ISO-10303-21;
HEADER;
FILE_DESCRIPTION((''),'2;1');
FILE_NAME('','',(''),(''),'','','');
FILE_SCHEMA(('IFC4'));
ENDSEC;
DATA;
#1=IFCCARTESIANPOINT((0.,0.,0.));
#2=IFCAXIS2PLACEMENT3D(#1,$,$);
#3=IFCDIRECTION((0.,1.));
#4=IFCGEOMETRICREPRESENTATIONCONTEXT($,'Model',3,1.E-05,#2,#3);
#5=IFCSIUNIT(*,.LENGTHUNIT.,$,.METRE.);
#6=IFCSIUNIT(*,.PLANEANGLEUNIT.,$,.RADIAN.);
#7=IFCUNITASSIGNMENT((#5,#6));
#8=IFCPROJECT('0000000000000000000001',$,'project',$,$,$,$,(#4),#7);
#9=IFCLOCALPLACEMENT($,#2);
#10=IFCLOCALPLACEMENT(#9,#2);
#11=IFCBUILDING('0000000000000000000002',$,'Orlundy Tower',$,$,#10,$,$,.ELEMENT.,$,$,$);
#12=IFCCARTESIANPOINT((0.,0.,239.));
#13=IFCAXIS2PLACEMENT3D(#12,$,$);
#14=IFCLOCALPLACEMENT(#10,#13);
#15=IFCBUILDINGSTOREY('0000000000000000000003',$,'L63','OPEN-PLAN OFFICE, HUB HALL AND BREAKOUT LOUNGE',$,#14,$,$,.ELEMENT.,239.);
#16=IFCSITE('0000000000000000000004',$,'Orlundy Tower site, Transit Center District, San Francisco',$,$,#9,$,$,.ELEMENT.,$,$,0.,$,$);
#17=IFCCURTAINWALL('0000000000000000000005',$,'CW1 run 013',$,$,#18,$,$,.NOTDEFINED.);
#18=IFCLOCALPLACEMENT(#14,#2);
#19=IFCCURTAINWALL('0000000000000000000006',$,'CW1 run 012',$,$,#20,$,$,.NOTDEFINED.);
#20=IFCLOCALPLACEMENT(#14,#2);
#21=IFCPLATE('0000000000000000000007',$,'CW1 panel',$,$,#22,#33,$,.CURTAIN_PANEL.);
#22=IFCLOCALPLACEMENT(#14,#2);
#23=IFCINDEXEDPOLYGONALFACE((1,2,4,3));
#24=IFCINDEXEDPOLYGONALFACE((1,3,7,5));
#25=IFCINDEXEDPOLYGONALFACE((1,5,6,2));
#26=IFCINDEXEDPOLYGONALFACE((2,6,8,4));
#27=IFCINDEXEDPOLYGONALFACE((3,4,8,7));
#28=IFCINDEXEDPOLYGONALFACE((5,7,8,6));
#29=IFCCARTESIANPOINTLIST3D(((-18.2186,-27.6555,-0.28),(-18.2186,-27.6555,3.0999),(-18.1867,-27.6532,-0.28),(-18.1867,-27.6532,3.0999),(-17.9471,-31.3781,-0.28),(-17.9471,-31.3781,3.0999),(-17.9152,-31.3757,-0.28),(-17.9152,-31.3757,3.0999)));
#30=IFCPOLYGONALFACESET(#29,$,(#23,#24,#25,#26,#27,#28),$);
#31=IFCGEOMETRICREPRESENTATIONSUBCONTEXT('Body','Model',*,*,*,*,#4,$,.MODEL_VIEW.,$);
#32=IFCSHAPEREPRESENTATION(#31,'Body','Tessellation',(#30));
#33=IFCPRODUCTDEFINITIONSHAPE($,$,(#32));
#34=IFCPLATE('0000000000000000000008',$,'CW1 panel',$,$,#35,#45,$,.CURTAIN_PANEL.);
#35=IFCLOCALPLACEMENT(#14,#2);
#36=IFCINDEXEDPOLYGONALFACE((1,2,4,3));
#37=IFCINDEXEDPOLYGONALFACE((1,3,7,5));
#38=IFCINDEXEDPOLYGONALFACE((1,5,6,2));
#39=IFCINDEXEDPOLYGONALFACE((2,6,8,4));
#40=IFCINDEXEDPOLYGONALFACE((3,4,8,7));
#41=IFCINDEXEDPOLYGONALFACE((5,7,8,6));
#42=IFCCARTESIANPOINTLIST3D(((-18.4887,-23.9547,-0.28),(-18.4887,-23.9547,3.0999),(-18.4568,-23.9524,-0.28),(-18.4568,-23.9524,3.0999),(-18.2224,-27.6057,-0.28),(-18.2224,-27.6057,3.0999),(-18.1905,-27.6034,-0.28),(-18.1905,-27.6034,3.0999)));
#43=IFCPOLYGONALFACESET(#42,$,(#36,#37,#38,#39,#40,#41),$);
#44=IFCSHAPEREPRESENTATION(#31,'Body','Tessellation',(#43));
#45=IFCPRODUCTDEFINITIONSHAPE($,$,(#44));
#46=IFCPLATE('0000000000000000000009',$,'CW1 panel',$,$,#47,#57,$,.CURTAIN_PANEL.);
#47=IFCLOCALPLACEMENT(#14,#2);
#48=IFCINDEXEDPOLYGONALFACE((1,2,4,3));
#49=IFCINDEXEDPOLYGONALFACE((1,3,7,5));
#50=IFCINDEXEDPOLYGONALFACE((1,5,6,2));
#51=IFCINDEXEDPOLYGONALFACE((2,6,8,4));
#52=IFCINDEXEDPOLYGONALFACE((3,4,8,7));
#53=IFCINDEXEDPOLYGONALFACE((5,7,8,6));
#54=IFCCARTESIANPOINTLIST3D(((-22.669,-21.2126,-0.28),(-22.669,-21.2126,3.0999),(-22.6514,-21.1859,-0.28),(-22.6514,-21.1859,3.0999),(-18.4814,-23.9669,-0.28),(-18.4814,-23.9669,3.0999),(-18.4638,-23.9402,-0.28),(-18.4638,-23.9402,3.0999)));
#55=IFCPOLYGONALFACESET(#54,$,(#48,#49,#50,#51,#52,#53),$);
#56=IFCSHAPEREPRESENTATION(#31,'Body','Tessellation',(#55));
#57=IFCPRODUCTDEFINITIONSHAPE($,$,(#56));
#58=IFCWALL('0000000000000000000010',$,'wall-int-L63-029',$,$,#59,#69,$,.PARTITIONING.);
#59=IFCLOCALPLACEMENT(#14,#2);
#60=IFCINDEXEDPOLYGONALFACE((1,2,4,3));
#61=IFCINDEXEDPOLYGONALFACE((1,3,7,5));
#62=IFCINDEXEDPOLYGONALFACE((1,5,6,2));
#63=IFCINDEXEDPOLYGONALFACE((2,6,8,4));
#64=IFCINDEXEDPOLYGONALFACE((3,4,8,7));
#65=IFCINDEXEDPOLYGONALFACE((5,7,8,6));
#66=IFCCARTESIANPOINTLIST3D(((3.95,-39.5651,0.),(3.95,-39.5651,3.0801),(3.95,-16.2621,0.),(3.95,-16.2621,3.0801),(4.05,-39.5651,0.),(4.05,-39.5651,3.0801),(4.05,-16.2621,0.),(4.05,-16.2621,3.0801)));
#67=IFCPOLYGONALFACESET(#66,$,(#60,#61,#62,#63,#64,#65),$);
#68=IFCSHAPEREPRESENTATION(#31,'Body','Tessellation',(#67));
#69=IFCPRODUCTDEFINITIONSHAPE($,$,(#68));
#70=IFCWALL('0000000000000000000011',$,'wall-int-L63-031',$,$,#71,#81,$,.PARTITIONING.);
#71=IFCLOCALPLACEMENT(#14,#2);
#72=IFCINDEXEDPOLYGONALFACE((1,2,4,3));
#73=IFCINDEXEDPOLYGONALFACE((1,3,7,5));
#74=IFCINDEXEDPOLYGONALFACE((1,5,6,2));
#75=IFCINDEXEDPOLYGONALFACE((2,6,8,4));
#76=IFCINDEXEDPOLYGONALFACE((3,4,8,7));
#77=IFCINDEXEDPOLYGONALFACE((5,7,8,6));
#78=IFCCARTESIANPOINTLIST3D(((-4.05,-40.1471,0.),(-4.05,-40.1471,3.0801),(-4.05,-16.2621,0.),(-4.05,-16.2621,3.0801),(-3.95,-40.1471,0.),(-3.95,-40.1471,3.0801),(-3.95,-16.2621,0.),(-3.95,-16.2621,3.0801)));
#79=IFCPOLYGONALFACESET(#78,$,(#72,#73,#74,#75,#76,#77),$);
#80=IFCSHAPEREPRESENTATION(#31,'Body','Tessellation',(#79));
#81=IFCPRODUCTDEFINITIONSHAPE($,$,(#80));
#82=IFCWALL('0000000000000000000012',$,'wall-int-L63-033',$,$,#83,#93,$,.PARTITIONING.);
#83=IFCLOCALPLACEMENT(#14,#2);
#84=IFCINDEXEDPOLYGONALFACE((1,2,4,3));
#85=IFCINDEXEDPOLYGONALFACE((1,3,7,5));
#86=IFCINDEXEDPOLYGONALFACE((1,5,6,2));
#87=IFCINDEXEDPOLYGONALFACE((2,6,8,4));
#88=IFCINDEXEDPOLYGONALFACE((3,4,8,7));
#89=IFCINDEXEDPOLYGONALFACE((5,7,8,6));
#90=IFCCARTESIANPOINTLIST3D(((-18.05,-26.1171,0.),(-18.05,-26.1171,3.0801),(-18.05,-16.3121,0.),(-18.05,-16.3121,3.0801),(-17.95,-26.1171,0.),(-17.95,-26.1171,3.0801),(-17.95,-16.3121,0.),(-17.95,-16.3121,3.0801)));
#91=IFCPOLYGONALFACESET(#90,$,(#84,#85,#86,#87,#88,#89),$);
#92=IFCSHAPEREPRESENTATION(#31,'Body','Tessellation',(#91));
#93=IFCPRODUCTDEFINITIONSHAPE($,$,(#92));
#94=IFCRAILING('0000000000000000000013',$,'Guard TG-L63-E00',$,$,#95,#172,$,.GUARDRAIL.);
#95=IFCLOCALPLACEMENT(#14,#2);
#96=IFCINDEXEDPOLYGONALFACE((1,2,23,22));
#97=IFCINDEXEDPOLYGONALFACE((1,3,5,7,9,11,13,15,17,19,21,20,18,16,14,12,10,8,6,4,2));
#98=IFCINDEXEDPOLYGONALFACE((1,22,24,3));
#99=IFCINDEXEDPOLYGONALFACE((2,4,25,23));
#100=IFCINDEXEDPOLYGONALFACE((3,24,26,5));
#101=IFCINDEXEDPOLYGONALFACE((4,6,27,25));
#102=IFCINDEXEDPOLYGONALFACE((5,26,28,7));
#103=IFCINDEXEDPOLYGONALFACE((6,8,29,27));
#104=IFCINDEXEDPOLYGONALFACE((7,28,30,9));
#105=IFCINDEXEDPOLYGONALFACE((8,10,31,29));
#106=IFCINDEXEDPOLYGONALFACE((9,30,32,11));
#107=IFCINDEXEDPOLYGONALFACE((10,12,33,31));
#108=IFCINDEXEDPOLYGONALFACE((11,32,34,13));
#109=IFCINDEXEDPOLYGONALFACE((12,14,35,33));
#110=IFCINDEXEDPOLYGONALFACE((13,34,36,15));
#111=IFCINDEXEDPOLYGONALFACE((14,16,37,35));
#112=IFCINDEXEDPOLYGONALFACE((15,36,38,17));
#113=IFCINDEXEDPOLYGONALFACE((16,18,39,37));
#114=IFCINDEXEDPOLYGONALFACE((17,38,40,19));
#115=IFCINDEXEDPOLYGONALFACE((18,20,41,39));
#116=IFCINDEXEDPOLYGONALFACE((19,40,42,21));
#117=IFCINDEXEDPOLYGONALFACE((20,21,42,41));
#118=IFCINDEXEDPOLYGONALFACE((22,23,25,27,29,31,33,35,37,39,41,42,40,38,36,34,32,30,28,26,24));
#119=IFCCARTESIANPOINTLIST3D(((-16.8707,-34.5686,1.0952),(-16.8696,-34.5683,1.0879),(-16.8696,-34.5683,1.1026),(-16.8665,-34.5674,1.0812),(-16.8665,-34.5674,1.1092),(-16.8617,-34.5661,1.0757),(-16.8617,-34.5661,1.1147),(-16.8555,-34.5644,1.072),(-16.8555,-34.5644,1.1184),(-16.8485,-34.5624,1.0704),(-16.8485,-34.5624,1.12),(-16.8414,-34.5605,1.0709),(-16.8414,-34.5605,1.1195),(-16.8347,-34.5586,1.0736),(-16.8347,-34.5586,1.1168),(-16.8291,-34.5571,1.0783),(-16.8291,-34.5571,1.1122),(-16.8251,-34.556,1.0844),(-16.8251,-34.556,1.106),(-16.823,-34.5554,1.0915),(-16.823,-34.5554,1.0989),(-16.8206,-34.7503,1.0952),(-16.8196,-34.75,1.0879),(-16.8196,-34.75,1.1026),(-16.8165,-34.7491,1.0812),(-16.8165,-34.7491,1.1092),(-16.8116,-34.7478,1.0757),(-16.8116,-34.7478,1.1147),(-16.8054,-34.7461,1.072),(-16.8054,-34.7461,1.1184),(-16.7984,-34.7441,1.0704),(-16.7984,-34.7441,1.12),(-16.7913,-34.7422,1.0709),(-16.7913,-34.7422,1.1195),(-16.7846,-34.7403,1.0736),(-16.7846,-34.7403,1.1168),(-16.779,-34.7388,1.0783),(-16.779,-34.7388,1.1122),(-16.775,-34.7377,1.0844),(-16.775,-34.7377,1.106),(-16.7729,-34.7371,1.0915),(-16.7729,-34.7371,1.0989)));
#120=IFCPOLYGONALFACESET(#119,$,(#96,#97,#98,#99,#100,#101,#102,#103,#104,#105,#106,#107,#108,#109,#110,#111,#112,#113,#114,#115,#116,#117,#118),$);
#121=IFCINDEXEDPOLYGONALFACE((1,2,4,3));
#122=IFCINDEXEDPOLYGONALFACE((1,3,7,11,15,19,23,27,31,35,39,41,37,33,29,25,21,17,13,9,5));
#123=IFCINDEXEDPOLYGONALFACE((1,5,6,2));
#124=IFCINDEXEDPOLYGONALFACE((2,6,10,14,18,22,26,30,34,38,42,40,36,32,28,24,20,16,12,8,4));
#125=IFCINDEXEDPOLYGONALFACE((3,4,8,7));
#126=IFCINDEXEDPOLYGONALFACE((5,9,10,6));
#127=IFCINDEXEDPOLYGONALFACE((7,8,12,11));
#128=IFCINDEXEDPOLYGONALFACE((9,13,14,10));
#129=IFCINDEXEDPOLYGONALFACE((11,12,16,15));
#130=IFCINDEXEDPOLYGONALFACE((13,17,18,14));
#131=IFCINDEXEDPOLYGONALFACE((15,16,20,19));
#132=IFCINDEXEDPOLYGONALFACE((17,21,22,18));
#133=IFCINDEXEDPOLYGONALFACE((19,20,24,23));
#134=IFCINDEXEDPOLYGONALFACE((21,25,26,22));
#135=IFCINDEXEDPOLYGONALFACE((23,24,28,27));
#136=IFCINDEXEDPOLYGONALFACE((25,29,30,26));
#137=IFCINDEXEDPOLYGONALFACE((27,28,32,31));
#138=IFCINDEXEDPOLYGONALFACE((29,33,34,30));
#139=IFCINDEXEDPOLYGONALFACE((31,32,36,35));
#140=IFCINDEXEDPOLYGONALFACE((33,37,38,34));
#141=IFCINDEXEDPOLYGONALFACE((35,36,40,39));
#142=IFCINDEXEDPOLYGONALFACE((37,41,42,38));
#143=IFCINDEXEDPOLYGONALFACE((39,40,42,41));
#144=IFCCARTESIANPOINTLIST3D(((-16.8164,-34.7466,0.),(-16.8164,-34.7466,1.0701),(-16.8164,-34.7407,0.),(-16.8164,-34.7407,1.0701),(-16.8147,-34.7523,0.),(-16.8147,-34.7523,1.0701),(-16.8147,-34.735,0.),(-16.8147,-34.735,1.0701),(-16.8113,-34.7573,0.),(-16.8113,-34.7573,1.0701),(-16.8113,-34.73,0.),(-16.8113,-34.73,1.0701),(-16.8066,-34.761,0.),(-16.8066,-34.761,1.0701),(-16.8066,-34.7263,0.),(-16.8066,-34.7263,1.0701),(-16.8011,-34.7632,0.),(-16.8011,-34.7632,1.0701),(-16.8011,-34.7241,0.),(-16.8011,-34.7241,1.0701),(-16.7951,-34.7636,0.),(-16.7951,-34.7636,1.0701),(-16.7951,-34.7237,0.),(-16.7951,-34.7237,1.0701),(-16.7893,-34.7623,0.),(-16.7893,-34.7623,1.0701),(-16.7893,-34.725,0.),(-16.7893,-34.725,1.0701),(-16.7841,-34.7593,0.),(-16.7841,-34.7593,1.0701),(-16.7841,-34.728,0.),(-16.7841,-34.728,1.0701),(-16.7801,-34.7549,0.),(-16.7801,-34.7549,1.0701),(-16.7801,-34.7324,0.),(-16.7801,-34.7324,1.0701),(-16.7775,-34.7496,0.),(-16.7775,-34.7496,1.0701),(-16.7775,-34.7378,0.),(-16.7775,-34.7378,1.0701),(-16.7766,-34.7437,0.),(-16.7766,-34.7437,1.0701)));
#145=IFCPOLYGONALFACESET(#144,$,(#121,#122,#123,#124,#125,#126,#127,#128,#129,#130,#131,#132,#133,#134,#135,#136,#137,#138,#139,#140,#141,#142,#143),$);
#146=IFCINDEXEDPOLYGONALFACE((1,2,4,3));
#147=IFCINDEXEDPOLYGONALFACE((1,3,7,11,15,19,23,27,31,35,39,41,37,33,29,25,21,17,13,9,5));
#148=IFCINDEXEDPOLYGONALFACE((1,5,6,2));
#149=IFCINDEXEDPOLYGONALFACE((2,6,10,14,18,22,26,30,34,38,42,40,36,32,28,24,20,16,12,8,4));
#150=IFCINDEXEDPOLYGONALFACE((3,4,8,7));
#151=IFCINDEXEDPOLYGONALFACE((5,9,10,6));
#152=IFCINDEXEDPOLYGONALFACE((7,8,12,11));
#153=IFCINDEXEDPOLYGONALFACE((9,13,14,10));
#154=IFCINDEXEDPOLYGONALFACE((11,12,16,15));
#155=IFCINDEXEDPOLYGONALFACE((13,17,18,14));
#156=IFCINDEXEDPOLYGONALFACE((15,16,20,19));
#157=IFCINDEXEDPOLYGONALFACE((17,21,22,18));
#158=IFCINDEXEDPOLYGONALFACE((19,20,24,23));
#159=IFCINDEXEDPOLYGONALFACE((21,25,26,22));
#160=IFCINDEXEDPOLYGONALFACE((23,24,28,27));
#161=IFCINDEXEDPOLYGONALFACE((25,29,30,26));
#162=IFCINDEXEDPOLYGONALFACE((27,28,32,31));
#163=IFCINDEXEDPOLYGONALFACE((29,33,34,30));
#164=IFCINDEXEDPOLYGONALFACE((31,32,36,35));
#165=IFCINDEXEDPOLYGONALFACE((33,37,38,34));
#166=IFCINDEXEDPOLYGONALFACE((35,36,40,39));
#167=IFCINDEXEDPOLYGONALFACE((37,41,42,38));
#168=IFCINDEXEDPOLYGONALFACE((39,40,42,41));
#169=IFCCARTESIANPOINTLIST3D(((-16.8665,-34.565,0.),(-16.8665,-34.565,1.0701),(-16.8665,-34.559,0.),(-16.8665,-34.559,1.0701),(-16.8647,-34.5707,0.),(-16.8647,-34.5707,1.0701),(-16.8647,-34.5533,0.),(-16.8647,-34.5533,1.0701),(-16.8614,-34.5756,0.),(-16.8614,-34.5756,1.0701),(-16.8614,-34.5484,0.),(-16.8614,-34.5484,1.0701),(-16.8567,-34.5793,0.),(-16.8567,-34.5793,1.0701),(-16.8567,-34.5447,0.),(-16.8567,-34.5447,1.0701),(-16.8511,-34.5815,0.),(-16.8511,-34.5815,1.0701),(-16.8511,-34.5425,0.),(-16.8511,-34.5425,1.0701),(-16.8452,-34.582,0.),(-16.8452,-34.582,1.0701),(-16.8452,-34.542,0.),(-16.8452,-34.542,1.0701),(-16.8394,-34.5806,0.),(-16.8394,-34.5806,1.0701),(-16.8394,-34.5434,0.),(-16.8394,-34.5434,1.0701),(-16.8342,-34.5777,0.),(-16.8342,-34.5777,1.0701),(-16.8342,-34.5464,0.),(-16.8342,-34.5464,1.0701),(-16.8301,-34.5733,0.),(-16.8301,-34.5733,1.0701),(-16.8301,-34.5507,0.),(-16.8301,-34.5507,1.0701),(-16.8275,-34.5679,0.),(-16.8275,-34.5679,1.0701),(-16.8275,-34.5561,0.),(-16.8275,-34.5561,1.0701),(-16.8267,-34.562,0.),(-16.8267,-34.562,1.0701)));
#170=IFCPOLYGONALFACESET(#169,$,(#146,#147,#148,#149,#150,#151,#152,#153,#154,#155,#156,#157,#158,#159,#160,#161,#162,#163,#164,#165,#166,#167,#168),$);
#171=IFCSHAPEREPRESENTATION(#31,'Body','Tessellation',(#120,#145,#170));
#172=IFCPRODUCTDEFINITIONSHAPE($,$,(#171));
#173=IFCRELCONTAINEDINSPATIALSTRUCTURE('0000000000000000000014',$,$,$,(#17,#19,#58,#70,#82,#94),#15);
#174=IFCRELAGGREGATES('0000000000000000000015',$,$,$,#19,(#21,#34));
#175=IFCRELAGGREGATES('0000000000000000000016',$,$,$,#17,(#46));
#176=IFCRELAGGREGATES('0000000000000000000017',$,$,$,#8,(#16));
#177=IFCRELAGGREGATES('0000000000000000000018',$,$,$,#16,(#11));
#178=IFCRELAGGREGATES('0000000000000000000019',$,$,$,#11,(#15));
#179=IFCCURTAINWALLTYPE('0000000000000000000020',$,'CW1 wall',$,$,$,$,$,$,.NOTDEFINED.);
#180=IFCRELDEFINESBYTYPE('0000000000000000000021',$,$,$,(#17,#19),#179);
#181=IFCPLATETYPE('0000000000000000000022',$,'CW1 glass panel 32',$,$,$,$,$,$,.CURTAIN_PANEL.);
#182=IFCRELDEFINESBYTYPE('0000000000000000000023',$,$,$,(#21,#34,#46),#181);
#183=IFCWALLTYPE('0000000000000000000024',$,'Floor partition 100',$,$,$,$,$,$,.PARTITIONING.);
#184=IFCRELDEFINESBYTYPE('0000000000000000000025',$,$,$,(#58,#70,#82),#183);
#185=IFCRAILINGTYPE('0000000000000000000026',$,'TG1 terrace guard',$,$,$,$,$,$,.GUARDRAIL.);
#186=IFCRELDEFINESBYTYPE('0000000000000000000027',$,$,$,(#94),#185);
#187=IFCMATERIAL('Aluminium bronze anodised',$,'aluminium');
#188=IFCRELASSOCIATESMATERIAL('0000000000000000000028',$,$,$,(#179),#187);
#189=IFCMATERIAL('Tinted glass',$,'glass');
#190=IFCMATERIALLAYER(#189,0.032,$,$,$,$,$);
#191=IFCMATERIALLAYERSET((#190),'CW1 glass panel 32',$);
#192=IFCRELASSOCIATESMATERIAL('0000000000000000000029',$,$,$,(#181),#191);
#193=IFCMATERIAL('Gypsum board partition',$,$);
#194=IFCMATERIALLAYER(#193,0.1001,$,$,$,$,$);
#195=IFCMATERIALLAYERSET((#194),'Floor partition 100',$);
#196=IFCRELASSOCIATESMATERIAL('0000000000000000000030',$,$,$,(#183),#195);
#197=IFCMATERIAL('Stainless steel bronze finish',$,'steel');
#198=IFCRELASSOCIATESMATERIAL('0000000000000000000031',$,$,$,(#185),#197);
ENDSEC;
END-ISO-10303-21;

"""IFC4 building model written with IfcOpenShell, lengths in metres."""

from ifc_helpers import new_model, si_unit, direction, frame, frame_2d, origin, origin_2d, place, context, subcontext, project, spatial, rectangle, circle, extrude, material, layer, layer_set, type_object, element, aggregate, save


model = new_model("IFC4")

# Units and contexts
model_context = context("Model", 3, precision=1e-05, world=origin(), true_north=direction((0.0, 1.0)))
body_context = subcontext(model_context, "Body", "Model", "MODEL_VIEW")
ifc_project = project(units=[si_unit("LENGTHUNIT", "METRE"), si_unit("PLANEANGLEUNIT", "RADIAN")], contexts=[model_context])

# Site, building, storey
site_placement = place(None, origin())
site = spatial("IfcSite", under=ifc_project, at=site_placement, Name="Orlundy Tower site, Transit Center District, San Francisco", CompositionType="ELEMENT", RefElevation=0.0)
building_placement = place(site_placement, origin())
building = spatial("IfcBuilding", under=site, at=building_placement, Name="Orlundy Tower", CompositionType="ELEMENT")
storey_placement = place(building_placement, frame((0.0, 0.0, 239.0)))
storey = spatial("IfcBuildingStorey", under=building, at=storey_placement, Name="L63", Description="OPEN-PLAN OFFICE, HUB HALL AND BREAKOUT LOUNGE", CompositionType="ELEMENT", Elevation=239.0)

# Curtain wall
ifc_material_1 = material(Name="Aluminium bronze anodised", Category="aluminium")
curtain_wall_type = type_object("IfcCurtainWallType", Name="CW1 wall", PredefinedType="NOTDEFINED", material=ifc_material_1)
curtain_wall_1_placement = place(storey_placement, origin())
curtain_wall_1 = element("IfcCurtainWall", 1, at=curtain_wall_1_placement, inside=storey, type_object=curtain_wall_type, Name="CW1 run 013", PredefinedType="NOTDEFINED")

# Curtain wall
curtain_wall_2_placement = place(storey_placement, origin())
curtain_wall_2 = element("IfcCurtainWall", 2, at=curtain_wall_2_placement, inside=storey, type_object=curtain_wall_type, Name="CW1 run 012", PredefinedType="NOTDEFINED")

# Plates
ifc_material_2 = material(Name="Tinted glass", Category="glass")
ifc_layer_1 = layer(ifc_material_2, 0.032)
ifc_layer_set_1 = layer_set([ifc_layer_1], Name="CW1 glass panel 32")
plate_type = type_object("IfcPlateType", Name="CW1 glass panel 32", PredefinedType="CURTAIN_PANEL", material=ifc_layer_set_1)
plate_1_placement = place(storey_placement, frame((-18.0669, -29.5156, -0.28), z_axis=(0.0, 0.0, 1.0), x_axis=(-0.072747, 0.99735, 0.0)))
plate_1 = element("IfcPlate", 3, at=plate_1_placement, type_object=plate_type, Name="CW1 panel", PredefinedType="CURTAIN_PANEL", context=body_context, shape_type="SweptSolid", body=[
    extrude(rectangle(XDim=3.7324, YDim=0.032, at=origin_2d()), origin(), (0.0, 0.0, 1.0), 3.3799),
])
plate_2_placement = place(storey_placement, frame((-18.3396, -25.7791, -0.28), z_axis=(0.0, 0.0, 1.0), x_axis=(-0.072747, 0.99735, 0.0)))
plate_2 = element("IfcPlate", 4, at=plate_2_placement, type_object=plate_type, Name="CW1 panel", PredefinedType="CURTAIN_PANEL", context=body_context, shape_type="SweptSolid", body=[
    extrude(rectangle(XDim=3.6606, YDim=0.032, at=origin_2d()), origin(), (0.0, 0.0, 1.0), 3.3799),
])
aggregate(curtain_wall_2, [plate_1, plate_2])
plate_3_placement = place(storey_placement, frame((-20.5664, -22.5764, -0.28), z_axis=(0.0, 0.0, 1.0), x_axis=(-0.835476, 0.549527, 0.0)))
plate_3 = element("IfcPlate", 5, at=plate_3_placement, type_object=plate_type, Name="CW1 panel", PredefinedType="CURTAIN_PANEL", context=body_context, shape_type="SweptSolid", body=[
    extrude(rectangle(XDim=5.0122, YDim=0.032, at=origin_2d()), origin(), (0.0, 0.0, 1.0), 3.3799),
])
aggregate(curtain_wall_1, [plate_3])

# Walls
ifc_material_3 = material(Name="Gypsum board partition")
ifc_layer_2 = layer(ifc_material_3, 0.1001)
ifc_layer_set_2 = layer_set([ifc_layer_2], Name="Floor partition 100")
wall_type = type_object("IfcWallType", Name="Floor partition 100", PredefinedType="PARTITIONING", material=ifc_layer_set_2)
wall_1_placement = place(storey_placement, frame((4.0, -39.5649, 0.0), z_axis=(0.0, 0.0, 1.0), x_axis=(0.0, 1.0, 0.0)))
element("IfcWall", 6, at=wall_1_placement, inside=storey, type_object=wall_type, Name="wall-int-L63-029", PredefinedType="PARTITIONING", context=body_context, shape_type="SweptSolid", body=[
    extrude(rectangle(XDim=23.303, YDim=0.1001, at=frame_2d((11.6514, 0.0))), origin(), (0.0, 0.0, 1.0), 3.0801),
])
wall_2_placement = place(storey_placement, frame((-4.0, -40.147, 0.0), z_axis=(0.0, 0.0, 1.0), x_axis=(0.0, 1.0, 0.0)))
element("IfcWall", 7, at=wall_2_placement, inside=storey, type_object=wall_type, Name="wall-int-L63-031", PredefinedType="PARTITIONING", context=body_context, shape_type="SweptSolid", body=[
    extrude(rectangle(XDim=23.885, YDim=0.1001, at=frame_2d((11.9424, 0.0))), origin(), (0.0, 0.0, 1.0), 3.0801),
])
wall_3_placement = place(storey_placement, frame((-18.0, -26.1169, 0.0), z_axis=(0.0, 0.0, 1.0), x_axis=(0.0, 1.0, 0.0)))
element("IfcWall", 8, at=wall_3_placement, inside=storey, type_object=wall_type, Name="wall-int-L63-033", PredefinedType="PARTITIONING", context=body_context, shape_type="SweptSolid", body=[
    extrude(rectangle(XDim=9.8049, YDim=0.1001, at=frame_2d((4.9023, 0.0))), origin(), (0.0, 0.0, 1.0), 3.0801),
])

# Railing
ifc_material_4 = material(Name="Stainless steel bronze finish", Category="steel")
railing_type = type_object("IfcRailingType", Name="TG1 terrace guard", PredefinedType="GUARDRAIL", material=ifc_material_4)
railing_placement = place(storey_placement, frame((-16.7966, -34.7437, 0.0)))
element("IfcRailing", 9, at=railing_placement, inside=storey, type_object=railing_type, Name="Guard TG-L63-E00", PredefinedType="GUARDRAIL", context=body_context, shape_type="SweptSolid", body=[
    extrude(circle(Radius=0.0249, at=origin_2d()), frame((0.0, 0.0, 1.0952), z_axis=(-0.265638, 0.964073, 0.0), x_axis=(-0.964073, -0.265638, 0.0)), (0.0, 0.0, 1.0), 0.1885),
    extrude(circle(Radius=0.02, at=origin_2d()), origin(), (0.0, 0.0, 1.0), 1.0701),
    extrude(circle(Radius=0.02, at=origin_2d()), frame((-0.05, 0.1816, 0.0)), (0.0, 0.0, 1.0), 1.0701),
])

save(model, "model.ifc")
